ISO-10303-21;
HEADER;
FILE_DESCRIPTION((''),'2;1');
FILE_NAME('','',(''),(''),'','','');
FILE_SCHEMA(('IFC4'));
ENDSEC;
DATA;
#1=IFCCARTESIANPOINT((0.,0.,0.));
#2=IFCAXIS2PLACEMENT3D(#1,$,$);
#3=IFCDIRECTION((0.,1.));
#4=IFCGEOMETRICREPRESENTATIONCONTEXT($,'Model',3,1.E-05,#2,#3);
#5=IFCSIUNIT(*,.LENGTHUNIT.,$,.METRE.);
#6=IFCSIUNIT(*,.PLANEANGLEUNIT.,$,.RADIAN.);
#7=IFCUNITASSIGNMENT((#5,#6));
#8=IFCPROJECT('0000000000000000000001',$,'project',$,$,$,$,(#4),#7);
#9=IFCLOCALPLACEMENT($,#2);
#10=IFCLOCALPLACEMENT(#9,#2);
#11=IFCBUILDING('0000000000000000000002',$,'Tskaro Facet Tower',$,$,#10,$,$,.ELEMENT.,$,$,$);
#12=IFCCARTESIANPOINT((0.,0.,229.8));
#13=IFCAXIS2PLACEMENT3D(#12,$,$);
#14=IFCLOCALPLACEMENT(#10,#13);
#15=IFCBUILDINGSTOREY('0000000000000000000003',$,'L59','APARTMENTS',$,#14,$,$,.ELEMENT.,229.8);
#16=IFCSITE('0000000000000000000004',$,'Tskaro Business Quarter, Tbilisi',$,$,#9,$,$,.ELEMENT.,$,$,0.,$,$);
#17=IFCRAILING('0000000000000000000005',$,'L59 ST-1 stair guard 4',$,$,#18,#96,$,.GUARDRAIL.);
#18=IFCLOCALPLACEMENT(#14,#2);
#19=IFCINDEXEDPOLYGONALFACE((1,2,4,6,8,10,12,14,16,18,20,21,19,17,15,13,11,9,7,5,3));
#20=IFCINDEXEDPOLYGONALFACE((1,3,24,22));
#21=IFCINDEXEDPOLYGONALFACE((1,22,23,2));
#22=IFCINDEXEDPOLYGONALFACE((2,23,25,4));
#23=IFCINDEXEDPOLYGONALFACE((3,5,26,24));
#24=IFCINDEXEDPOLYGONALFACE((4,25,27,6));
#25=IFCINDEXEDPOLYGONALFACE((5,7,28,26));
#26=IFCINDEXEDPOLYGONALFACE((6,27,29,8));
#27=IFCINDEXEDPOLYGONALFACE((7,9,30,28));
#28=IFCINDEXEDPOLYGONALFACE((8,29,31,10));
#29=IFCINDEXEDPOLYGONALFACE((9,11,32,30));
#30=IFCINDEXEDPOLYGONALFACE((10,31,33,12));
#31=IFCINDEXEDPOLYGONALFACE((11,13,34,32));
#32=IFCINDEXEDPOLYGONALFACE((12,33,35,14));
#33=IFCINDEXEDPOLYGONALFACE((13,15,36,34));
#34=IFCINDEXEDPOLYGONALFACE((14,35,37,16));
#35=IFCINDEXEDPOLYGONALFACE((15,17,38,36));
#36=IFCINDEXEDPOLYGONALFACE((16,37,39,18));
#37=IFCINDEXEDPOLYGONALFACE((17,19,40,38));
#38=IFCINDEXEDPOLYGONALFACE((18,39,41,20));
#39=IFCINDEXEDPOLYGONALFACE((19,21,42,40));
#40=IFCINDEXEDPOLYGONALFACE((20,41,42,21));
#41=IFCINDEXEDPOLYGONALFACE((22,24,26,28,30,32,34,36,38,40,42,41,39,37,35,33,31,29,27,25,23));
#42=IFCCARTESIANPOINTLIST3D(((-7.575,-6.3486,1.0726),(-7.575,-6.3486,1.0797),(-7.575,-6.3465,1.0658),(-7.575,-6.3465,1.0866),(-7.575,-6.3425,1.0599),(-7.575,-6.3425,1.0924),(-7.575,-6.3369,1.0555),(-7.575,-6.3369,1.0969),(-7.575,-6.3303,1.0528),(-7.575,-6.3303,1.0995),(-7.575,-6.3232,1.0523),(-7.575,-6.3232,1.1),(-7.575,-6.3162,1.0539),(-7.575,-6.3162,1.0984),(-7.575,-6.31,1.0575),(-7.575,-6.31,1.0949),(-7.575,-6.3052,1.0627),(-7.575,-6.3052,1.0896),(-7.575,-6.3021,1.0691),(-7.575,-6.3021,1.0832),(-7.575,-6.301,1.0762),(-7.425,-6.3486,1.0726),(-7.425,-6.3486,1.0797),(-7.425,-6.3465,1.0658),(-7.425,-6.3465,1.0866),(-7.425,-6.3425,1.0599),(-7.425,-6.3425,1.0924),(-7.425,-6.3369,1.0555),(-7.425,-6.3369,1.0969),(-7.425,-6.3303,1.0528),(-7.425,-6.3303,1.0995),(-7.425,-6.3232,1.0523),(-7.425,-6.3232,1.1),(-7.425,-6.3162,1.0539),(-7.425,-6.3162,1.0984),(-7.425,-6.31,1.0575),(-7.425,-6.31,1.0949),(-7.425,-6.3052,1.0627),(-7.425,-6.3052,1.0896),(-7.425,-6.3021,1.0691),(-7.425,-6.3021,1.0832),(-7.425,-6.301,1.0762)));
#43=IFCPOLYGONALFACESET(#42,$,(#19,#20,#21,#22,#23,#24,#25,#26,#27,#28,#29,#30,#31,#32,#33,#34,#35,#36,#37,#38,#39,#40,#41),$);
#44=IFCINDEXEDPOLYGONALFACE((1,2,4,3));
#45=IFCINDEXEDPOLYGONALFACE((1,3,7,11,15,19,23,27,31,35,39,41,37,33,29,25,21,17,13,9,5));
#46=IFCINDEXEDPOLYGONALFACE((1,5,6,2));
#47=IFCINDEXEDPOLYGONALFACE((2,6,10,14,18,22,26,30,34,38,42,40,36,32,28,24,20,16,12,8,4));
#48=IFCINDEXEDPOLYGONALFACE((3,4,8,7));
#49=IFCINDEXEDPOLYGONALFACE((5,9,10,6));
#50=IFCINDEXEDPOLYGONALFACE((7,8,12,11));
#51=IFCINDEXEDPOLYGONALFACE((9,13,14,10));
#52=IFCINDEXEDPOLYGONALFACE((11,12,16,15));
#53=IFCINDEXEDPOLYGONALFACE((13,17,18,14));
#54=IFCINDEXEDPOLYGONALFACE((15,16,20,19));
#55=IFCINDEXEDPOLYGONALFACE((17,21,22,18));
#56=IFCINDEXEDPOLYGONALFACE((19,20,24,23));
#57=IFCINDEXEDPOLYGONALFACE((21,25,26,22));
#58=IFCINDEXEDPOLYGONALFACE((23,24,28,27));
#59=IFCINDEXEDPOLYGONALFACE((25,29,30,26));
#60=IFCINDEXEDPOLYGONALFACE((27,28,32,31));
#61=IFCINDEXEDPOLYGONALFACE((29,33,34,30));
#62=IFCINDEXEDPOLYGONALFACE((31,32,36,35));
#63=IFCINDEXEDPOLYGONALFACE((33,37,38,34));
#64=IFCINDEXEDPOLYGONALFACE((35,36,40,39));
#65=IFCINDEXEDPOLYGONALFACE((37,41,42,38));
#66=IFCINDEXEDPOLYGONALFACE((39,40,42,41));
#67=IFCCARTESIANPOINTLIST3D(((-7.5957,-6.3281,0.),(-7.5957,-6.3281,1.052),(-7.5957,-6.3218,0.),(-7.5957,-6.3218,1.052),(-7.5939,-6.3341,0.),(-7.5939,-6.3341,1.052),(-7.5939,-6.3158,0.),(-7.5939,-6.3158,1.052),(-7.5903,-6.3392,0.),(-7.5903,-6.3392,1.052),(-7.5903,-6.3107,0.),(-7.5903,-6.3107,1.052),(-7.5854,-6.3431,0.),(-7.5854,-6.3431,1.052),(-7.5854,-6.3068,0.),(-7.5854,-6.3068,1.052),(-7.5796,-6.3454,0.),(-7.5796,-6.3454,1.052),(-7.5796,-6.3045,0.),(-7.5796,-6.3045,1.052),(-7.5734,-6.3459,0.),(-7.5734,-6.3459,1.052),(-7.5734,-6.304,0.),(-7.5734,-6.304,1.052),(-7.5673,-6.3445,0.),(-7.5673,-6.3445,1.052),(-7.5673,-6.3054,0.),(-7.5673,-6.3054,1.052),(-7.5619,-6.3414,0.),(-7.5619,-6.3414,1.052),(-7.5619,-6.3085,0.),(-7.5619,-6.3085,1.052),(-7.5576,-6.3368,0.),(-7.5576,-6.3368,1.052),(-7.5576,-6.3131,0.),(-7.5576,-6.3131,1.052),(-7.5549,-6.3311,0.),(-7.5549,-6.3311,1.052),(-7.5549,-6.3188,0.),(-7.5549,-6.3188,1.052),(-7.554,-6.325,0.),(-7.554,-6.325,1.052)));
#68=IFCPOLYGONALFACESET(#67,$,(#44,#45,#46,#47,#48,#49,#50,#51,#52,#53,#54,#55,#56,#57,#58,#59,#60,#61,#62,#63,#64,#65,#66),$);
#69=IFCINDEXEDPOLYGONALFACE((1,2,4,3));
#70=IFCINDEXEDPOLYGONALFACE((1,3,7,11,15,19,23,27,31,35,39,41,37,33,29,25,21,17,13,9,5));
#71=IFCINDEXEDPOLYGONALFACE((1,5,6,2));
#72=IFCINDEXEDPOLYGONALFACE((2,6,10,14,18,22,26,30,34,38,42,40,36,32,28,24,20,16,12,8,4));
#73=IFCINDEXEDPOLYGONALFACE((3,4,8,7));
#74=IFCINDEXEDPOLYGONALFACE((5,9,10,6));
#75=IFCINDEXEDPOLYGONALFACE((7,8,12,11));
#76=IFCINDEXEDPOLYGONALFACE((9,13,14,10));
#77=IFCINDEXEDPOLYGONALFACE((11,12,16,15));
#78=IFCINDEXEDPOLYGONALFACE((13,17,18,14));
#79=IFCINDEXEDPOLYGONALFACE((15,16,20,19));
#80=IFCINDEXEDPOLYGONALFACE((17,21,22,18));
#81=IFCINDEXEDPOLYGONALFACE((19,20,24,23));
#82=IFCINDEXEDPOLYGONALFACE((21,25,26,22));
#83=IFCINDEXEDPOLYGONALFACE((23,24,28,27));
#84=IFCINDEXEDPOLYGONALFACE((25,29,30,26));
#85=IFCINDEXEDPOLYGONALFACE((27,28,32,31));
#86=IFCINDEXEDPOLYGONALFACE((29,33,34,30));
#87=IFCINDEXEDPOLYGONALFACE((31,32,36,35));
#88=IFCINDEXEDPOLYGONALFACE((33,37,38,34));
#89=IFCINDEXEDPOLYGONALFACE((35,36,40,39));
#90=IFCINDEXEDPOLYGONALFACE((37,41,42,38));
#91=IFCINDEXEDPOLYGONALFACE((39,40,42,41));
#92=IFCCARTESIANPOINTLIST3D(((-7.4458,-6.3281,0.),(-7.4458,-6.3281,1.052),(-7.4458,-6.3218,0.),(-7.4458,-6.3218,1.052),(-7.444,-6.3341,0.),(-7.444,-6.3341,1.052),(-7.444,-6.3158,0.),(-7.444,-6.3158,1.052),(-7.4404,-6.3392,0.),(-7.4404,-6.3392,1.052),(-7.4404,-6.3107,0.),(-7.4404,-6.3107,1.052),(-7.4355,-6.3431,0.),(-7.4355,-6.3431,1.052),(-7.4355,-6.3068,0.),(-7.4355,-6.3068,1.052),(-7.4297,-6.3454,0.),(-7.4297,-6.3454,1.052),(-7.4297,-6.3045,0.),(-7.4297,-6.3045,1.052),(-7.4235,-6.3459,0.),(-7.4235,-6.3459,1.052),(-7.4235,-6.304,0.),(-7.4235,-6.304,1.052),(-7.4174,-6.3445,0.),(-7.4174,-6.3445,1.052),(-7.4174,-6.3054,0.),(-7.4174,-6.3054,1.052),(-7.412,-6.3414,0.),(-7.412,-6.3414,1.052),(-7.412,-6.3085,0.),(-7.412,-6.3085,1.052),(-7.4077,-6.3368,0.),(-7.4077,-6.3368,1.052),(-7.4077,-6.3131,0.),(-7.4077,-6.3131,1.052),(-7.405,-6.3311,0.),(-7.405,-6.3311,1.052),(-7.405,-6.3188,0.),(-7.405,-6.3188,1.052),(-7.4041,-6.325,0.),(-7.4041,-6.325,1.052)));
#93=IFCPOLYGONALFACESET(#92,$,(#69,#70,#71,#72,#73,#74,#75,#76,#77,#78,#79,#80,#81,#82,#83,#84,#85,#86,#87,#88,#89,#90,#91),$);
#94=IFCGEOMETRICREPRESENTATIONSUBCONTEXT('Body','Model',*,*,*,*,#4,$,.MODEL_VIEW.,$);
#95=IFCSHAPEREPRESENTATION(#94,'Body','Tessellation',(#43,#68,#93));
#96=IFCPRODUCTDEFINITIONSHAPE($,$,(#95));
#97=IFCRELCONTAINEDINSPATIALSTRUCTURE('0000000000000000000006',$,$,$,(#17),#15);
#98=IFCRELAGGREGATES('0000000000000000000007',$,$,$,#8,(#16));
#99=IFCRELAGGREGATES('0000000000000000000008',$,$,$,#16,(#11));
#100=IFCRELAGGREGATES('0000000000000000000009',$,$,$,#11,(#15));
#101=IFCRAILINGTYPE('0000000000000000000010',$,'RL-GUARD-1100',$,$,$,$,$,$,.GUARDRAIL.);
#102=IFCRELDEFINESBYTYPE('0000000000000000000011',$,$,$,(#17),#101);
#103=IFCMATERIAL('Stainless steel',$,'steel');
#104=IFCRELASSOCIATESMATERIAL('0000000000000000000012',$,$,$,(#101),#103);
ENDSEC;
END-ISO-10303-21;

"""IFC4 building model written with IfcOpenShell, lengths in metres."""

from ifc_helpers import new_model, si_unit, direction, frame, origin, origin_2d, place, context, subcontext, project, spatial, circle, extrude, material, type_object, element, save


model = new_model("IFC4")

# Units and contexts
model_context = context("Model", 3, precision=1e-05, world=origin(), true_north=direction((0.0, 1.0)))
body_context = subcontext(model_context, "Body", "Model", "MODEL_VIEW")
ifc_project = project(units=[si_unit("LENGTHUNIT", "METRE"), si_unit("PLANEANGLEUNIT", "RADIAN")], contexts=[model_context])

# Site, building, storey
site_placement = place(None, origin())
site = spatial("IfcSite", under=ifc_project, at=site_placement, Name="Tskaro Business Quarter, Tbilisi", CompositionType="ELEMENT", RefElevation=0.0)
building_placement = place(site_placement, origin())
building = spatial("IfcBuilding", under=site, at=building_placement, Name="Tskaro Facet Tower", CompositionType="ELEMENT")
storey_placement = place(building_placement, frame((0.0, 0.0, 229.8)))
storey = spatial("IfcBuildingStorey", under=building, at=storey_placement, Name="L59", Description="APARTMENTS", CompositionType="ELEMENT", Elevation=229.8)

# Shared definitions
ifc_material_1 = material(Name="Stainless steel", Category="steel")

# Railing
railing_type_1 = type_object("IfcRailingType", Name="RL-GUARD-1100", PredefinedType="GUARDRAIL", material=ifc_material_1)
railing_1_placement = place(storey_placement, frame((-7.575, -6.325, 0.0)))
element("IfcRailing", 1, at=railing_1_placement, inside=storey, type_object=railing_type_1, Name="L59 ST-1 stair guard 4", PredefinedType="GUARDRAIL", context=body_context, shape_type="SweptSolid", body=[
    extrude(circle(Radius=0.0239, at=origin_2d()), frame((0.0, 0.0, 1.0762), z_axis=(1.0, 0.0, 0.0), x_axis=(0.0, 1.0, 0.0)), (0.0, 0.0, 1.0), 0.1499),
    extrude(circle(Radius=0.021, at=origin_2d()), origin(), (0.0, 0.0, 1.0), 1.052),
    extrude(circle(Radius=0.021, at=origin_2d()), frame((0.1499, 0.0, 0.0)), (0.0, 0.0, 1.0), 1.052),
])

save(model, "model.ifc")
